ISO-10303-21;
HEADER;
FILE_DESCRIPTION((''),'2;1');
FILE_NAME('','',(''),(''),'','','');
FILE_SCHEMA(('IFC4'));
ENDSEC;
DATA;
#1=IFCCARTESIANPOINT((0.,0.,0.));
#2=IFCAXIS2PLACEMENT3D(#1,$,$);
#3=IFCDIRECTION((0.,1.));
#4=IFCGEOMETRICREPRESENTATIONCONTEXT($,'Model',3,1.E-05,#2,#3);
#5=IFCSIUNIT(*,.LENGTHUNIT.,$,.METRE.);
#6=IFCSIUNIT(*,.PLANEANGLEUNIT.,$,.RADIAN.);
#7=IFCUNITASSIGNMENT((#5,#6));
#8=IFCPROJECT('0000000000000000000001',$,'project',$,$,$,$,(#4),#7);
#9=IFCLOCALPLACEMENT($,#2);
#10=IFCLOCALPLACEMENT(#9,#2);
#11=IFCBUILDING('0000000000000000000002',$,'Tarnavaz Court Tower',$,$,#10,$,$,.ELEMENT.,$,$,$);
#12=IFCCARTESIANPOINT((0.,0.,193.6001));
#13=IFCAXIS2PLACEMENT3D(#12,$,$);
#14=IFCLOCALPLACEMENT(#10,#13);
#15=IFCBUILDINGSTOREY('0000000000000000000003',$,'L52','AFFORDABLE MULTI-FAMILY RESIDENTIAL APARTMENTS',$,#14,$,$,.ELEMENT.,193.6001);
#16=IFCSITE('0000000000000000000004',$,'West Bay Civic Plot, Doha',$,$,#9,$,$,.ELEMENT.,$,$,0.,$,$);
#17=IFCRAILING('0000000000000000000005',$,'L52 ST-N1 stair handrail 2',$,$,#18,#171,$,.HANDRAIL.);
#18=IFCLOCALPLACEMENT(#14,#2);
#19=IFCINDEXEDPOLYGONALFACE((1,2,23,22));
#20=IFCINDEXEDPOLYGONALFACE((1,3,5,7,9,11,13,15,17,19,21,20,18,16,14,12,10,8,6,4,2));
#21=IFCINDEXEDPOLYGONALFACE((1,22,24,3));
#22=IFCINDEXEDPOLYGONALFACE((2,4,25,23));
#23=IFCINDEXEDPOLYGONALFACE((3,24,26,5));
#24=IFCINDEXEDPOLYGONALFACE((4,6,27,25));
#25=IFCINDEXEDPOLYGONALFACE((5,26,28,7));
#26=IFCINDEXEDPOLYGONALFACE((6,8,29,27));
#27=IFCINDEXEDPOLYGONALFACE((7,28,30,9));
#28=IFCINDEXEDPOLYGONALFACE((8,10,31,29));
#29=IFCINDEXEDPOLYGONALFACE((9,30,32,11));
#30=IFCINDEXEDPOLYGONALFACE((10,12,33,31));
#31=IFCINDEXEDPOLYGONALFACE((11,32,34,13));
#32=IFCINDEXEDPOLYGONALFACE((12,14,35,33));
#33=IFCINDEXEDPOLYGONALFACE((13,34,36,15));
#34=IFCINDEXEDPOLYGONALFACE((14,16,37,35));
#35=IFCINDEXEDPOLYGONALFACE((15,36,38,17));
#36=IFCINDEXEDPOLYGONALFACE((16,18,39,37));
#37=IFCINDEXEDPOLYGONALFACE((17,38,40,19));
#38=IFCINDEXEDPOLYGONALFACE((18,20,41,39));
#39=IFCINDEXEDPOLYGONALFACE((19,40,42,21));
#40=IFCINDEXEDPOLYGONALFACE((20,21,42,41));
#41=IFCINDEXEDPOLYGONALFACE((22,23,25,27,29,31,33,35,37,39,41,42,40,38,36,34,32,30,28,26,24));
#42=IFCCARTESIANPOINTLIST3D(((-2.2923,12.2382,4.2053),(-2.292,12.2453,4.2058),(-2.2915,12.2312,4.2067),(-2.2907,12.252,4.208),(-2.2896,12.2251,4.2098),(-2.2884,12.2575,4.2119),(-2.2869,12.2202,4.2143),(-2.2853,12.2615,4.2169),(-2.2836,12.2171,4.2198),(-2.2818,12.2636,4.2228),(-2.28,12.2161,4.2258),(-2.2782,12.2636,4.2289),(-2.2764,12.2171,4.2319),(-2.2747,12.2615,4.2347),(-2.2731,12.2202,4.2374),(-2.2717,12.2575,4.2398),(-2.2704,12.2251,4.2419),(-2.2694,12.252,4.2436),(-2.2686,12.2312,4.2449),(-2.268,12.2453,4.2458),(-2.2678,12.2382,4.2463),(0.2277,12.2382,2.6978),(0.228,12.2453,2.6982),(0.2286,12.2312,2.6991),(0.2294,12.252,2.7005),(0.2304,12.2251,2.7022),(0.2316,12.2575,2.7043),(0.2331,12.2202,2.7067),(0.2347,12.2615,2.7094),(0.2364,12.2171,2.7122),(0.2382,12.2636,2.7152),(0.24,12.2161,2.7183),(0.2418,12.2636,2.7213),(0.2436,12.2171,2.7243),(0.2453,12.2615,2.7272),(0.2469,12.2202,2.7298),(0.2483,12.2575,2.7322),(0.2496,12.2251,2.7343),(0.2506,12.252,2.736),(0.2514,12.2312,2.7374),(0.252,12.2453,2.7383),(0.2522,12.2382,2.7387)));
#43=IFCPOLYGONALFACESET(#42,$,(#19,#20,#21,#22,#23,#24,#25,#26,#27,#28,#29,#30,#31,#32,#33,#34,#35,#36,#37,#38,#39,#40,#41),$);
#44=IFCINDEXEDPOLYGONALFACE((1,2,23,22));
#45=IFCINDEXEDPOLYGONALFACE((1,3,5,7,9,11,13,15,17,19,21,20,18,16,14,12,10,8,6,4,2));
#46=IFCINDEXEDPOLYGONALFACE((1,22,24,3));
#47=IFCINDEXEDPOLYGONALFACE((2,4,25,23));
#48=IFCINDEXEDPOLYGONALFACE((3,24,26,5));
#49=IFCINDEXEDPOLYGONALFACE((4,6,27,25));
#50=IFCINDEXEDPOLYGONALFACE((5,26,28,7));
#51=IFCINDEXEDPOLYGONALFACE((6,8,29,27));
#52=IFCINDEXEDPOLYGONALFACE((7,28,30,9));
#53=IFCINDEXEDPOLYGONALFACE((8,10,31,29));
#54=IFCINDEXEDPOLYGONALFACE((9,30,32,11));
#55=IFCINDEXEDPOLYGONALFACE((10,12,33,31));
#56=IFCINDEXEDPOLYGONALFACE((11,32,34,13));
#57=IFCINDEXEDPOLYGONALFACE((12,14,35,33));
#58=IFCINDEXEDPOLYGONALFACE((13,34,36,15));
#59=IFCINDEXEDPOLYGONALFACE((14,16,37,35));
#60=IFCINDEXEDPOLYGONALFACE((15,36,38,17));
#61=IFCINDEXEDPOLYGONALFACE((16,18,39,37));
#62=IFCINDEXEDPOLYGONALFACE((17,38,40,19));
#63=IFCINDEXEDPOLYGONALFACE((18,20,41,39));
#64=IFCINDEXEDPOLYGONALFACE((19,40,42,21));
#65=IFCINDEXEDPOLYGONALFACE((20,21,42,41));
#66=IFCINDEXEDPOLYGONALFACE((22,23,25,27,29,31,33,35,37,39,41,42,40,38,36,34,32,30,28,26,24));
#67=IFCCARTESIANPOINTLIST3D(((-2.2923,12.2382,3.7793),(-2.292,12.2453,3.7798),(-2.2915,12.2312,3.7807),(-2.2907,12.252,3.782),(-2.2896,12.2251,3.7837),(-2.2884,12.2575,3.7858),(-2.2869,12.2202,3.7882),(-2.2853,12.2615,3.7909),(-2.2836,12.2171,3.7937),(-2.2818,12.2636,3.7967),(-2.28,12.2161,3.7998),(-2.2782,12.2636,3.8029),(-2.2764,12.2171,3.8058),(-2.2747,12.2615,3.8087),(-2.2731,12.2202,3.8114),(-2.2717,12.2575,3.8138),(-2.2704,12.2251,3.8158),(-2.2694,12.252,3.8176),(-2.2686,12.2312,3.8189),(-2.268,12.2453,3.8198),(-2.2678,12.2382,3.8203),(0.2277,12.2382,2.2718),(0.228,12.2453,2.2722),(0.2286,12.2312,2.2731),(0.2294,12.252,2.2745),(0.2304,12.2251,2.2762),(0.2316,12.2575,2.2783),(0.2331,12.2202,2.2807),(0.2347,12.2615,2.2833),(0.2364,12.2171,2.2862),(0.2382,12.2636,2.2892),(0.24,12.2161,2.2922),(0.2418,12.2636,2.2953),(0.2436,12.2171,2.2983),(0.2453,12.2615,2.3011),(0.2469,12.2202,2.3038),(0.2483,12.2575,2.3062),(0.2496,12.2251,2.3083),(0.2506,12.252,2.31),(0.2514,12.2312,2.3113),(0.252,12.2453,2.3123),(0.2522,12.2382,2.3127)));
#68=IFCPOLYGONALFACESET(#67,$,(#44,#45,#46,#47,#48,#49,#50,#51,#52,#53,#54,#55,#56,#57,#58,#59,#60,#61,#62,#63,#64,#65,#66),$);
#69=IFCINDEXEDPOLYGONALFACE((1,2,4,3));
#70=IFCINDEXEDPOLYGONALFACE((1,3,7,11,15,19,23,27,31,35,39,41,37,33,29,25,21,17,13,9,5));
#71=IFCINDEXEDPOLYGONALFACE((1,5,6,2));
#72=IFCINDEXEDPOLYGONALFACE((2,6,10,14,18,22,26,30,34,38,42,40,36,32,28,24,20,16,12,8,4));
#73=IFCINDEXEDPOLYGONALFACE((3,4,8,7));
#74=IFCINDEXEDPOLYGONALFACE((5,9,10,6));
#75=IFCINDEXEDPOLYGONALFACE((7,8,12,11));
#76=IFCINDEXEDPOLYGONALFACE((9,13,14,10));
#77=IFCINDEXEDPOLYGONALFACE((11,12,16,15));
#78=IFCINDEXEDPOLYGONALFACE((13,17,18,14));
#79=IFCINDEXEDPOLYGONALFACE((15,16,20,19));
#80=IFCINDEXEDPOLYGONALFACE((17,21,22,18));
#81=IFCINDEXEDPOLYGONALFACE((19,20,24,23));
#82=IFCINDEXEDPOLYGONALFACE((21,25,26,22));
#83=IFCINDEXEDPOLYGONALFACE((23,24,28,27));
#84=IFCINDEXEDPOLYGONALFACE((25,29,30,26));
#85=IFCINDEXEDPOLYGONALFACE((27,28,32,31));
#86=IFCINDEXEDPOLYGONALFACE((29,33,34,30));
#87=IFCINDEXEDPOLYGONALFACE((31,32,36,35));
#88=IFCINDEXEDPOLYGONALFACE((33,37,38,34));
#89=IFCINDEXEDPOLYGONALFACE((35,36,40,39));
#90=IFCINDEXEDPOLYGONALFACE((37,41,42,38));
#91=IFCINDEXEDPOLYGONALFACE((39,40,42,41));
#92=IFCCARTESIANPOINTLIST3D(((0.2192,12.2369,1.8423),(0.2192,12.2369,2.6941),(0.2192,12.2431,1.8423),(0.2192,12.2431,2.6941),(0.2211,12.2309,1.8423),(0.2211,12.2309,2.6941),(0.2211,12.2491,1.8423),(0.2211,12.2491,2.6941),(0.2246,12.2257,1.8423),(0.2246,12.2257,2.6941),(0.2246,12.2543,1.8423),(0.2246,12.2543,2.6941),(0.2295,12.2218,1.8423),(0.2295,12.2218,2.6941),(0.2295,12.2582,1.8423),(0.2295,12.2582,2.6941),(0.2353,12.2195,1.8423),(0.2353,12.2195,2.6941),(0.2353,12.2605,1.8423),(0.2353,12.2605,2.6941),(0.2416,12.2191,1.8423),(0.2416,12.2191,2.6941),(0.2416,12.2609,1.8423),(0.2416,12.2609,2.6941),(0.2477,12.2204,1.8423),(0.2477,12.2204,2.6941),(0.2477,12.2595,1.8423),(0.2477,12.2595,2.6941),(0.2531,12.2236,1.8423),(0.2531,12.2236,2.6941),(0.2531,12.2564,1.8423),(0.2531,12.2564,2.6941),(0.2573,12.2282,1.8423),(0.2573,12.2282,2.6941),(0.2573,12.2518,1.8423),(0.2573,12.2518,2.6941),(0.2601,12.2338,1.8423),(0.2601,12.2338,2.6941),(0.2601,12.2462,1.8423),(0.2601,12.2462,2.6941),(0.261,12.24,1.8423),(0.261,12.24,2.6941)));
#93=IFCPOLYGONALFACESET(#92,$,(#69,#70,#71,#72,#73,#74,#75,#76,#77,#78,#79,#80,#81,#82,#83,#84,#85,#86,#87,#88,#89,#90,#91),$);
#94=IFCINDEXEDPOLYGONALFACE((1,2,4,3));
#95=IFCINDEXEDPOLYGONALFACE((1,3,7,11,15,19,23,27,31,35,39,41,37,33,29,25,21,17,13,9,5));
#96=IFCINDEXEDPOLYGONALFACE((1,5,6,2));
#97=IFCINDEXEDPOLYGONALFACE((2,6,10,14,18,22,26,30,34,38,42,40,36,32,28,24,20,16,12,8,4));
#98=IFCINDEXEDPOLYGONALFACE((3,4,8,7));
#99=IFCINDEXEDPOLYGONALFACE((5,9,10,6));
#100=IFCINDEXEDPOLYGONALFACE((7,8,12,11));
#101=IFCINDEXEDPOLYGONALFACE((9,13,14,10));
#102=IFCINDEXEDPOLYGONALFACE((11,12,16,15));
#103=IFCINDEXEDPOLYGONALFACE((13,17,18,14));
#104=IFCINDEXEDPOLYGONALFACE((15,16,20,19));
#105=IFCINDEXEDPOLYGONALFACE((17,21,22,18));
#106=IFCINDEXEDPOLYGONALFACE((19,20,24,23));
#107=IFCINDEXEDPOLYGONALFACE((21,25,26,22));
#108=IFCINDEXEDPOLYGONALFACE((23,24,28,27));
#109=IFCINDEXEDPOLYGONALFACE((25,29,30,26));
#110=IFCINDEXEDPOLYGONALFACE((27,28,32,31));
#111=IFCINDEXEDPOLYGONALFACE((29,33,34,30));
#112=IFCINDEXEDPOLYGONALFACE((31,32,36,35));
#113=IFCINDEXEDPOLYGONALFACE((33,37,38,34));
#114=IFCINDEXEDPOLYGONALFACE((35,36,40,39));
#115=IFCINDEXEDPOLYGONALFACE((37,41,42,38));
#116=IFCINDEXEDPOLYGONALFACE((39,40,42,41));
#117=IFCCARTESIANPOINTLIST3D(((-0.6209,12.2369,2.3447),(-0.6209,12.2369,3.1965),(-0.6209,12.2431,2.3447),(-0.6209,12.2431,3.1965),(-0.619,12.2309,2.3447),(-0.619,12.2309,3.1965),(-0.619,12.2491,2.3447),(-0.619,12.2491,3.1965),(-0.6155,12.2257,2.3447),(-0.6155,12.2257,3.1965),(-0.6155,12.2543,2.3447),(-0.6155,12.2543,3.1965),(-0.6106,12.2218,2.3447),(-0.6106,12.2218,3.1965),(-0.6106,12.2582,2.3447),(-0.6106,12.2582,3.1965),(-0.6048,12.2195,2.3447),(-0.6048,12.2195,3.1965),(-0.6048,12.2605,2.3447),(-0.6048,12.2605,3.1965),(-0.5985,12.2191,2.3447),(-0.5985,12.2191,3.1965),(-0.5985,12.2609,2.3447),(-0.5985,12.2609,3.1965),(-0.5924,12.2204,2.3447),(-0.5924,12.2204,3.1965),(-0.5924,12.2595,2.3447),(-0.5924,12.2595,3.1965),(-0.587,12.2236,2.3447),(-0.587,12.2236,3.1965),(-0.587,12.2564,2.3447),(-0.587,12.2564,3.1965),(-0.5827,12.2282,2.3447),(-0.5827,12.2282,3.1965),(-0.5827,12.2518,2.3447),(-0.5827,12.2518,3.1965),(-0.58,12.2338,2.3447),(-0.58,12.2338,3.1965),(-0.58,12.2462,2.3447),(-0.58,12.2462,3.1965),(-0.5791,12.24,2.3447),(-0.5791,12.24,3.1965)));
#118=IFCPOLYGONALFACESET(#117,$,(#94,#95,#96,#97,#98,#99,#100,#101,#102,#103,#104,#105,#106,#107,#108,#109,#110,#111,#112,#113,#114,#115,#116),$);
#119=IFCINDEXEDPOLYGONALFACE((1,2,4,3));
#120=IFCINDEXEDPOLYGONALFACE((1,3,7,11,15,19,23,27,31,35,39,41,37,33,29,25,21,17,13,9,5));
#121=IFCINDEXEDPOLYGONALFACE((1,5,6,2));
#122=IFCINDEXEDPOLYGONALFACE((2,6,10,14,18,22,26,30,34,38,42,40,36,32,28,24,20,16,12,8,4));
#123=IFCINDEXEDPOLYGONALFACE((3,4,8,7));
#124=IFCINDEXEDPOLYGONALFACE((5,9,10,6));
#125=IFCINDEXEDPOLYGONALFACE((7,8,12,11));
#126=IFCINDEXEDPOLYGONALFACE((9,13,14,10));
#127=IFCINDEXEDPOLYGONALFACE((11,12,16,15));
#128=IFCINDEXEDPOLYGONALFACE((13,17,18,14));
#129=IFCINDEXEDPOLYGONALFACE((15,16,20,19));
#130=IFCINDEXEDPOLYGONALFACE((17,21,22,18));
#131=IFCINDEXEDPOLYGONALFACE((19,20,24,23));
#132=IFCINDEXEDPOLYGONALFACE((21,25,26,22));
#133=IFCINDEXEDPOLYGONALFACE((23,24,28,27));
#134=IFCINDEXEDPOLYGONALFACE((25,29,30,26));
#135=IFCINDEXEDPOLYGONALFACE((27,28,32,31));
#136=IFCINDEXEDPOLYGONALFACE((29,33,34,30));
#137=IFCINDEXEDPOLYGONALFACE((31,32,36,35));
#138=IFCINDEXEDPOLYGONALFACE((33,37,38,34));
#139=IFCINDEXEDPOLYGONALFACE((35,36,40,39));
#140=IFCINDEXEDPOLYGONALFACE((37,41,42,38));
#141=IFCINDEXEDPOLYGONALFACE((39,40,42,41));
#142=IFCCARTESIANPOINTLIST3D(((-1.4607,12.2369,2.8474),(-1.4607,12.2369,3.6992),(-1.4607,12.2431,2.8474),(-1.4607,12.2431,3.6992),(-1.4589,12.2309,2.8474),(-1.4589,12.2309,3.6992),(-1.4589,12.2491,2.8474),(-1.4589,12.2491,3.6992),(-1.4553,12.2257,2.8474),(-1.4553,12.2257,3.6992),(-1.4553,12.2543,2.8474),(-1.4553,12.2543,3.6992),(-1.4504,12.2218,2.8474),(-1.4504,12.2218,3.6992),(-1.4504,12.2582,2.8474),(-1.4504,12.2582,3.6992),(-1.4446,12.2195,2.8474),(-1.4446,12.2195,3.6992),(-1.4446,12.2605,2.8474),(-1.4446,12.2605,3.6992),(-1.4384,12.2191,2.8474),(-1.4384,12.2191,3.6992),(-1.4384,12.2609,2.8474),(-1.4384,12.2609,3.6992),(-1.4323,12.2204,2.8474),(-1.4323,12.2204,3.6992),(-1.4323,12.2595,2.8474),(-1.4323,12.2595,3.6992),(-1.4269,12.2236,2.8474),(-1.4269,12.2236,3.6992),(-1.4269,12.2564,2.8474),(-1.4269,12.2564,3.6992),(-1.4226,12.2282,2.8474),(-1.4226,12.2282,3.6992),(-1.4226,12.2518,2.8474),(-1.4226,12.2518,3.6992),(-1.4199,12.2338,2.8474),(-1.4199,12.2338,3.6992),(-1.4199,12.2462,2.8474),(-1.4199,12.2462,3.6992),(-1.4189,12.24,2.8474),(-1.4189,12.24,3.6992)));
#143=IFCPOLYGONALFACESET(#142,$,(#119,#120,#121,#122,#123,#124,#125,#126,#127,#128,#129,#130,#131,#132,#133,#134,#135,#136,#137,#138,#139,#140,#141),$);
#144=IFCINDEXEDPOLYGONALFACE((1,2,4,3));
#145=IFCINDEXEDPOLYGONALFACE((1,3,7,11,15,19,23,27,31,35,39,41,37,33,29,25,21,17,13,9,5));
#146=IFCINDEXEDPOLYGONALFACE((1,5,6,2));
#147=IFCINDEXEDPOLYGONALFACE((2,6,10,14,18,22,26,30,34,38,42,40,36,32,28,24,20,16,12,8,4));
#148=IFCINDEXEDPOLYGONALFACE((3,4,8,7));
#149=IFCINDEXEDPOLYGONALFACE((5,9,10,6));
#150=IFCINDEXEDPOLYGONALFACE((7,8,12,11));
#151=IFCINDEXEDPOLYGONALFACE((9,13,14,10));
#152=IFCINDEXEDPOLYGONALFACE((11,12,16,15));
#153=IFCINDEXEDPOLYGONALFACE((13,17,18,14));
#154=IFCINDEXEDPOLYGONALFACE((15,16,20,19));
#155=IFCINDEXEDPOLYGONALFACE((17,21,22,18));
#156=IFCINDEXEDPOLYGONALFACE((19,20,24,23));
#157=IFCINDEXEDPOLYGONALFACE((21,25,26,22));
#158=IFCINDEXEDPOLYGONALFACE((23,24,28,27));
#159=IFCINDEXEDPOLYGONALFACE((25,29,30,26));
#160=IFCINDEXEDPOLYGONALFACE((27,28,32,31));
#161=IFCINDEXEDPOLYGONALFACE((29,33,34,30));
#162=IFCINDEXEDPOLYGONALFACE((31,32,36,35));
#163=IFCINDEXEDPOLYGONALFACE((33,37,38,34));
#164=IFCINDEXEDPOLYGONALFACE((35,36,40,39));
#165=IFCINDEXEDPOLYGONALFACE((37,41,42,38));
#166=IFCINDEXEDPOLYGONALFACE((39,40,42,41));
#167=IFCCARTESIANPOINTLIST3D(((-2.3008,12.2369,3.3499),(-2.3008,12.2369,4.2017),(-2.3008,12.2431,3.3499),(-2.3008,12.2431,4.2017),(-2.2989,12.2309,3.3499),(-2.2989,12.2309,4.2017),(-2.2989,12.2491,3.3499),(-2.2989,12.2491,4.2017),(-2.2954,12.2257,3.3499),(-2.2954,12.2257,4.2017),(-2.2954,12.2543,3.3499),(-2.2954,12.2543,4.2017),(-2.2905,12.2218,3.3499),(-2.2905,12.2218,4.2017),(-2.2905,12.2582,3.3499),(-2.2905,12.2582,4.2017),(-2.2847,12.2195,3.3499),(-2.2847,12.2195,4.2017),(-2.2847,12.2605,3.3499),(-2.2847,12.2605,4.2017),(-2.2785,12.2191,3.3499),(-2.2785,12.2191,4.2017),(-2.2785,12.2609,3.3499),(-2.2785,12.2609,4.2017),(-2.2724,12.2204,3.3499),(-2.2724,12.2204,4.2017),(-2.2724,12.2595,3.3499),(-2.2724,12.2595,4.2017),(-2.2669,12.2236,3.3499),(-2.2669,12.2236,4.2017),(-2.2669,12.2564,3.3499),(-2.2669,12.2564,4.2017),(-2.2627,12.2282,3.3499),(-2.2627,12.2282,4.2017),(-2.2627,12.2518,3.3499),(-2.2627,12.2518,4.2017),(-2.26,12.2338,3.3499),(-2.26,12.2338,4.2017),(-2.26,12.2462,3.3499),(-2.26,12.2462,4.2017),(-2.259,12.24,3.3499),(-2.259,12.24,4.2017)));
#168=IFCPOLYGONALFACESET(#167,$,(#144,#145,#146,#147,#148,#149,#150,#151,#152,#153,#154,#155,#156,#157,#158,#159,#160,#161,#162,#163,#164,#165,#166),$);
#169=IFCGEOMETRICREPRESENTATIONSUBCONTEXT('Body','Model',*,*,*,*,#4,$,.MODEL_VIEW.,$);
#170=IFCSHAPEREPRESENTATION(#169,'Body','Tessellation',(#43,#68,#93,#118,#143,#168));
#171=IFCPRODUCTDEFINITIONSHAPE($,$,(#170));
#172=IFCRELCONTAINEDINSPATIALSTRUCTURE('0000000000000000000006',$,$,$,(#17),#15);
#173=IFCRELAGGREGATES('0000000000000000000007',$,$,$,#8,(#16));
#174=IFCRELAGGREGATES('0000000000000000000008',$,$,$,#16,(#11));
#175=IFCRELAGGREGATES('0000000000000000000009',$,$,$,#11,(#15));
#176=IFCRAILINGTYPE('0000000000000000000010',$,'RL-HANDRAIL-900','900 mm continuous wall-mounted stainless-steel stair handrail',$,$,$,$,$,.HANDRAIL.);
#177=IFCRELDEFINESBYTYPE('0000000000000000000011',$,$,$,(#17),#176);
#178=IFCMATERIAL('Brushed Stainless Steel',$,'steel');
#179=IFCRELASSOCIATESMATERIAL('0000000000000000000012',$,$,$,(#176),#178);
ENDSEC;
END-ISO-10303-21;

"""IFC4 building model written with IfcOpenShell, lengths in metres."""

from ifc_helpers import new_model, si_unit, direction, frame, origin, origin_2d, place, context, subcontext, project, spatial, circle, extrude, material, type_object, element, save


model = new_model("IFC4")

# Units and contexts
model_context = context("Model", 3, precision=1e-05, world=origin(), true_north=direction((0.0, 1.0)))
body_context = subcontext(model_context, "Body", "Model", "MODEL_VIEW")
ifc_project = project(units=[si_unit("LENGTHUNIT", "METRE"), si_unit("PLANEANGLEUNIT", "RADIAN")], contexts=[model_context])

# Site, building, storey
site_placement = place(None, origin())
site = spatial("IfcSite", under=ifc_project, at=site_placement, Name="West Bay Civic Plot, Doha", CompositionType="ELEMENT", RefElevation=0.0)
building_placement = place(site_placement, origin())
building = spatial("IfcBuilding", under=site, at=building_placement, Name="Tarnavaz Court Tower", CompositionType="ELEMENT")
storey_placement = place(building_placement, frame((0.0, 0.0, 193.6001)))
storey = spatial("IfcBuildingStorey", under=building, at=storey_placement, Name="L52", Description="AFFORDABLE MULTI-FAMILY RESIDENTIAL APARTMENTS", CompositionType="ELEMENT", Elevation=193.6001)

# Railing
ifc_material_1 = material(Name="Brushed Stainless Steel", Category="steel")
railing_type_1 = type_object("IfcRailingType", Name="RL-HANDRAIL-900", Description="900 mm continuous wall-mounted stainless-steel stair handrail", PredefinedType="HANDRAIL", material=ifc_material_1)
railing_1_placement = place(storey_placement, frame((0.24, 12.24, 1.8423)))
element("IfcRailing", 1, at=railing_1_placement, inside=storey, type_object=railing_type_1, Name="L52 ST-N1 stair handrail 2", PredefinedType="HANDRAIL", context=body_context, shape_type="SweptSolid", body=[
    extrude(circle(Radius=0.0239, at=origin_2d()), frame((0.0, 0.0, 0.876), z_axis=(-0.85816, 0.0, 0.513383), x_axis=(0.0, -1.0, 0.0)), (0.0, 0.0, 1.0), 2.9365),
    extrude(circle(Radius=0.0239, at=origin_2d()), frame((0.0, 0.0, 0.45), z_axis=(-0.85816, 0.0, 0.513383), x_axis=(0.0, -1.0, 0.0)), (0.0, 0.0, 1.0), 2.9365),
    extrude(circle(Radius=0.021, at=origin_2d()), origin(), (0.0, 0.0, 1.0), 0.8518),
    extrude(circle(Radius=0.021, at=origin_2d()), frame((-0.8401, 0.0, 0.5024)), (0.0, 0.0, 1.0), 0.8518),
    extrude(circle(Radius=0.021, at=origin_2d()), frame((-1.6799, 0.0, 1.0051)), (0.0, 0.0, 1.0), 0.8518),
    extrude(circle(Radius=0.021, at=origin_2d()), frame((-2.52, 0.0, 1.5076)), (0.0, 0.0, 1.0), 0.8518),
])

save(model, "model.ifc")
